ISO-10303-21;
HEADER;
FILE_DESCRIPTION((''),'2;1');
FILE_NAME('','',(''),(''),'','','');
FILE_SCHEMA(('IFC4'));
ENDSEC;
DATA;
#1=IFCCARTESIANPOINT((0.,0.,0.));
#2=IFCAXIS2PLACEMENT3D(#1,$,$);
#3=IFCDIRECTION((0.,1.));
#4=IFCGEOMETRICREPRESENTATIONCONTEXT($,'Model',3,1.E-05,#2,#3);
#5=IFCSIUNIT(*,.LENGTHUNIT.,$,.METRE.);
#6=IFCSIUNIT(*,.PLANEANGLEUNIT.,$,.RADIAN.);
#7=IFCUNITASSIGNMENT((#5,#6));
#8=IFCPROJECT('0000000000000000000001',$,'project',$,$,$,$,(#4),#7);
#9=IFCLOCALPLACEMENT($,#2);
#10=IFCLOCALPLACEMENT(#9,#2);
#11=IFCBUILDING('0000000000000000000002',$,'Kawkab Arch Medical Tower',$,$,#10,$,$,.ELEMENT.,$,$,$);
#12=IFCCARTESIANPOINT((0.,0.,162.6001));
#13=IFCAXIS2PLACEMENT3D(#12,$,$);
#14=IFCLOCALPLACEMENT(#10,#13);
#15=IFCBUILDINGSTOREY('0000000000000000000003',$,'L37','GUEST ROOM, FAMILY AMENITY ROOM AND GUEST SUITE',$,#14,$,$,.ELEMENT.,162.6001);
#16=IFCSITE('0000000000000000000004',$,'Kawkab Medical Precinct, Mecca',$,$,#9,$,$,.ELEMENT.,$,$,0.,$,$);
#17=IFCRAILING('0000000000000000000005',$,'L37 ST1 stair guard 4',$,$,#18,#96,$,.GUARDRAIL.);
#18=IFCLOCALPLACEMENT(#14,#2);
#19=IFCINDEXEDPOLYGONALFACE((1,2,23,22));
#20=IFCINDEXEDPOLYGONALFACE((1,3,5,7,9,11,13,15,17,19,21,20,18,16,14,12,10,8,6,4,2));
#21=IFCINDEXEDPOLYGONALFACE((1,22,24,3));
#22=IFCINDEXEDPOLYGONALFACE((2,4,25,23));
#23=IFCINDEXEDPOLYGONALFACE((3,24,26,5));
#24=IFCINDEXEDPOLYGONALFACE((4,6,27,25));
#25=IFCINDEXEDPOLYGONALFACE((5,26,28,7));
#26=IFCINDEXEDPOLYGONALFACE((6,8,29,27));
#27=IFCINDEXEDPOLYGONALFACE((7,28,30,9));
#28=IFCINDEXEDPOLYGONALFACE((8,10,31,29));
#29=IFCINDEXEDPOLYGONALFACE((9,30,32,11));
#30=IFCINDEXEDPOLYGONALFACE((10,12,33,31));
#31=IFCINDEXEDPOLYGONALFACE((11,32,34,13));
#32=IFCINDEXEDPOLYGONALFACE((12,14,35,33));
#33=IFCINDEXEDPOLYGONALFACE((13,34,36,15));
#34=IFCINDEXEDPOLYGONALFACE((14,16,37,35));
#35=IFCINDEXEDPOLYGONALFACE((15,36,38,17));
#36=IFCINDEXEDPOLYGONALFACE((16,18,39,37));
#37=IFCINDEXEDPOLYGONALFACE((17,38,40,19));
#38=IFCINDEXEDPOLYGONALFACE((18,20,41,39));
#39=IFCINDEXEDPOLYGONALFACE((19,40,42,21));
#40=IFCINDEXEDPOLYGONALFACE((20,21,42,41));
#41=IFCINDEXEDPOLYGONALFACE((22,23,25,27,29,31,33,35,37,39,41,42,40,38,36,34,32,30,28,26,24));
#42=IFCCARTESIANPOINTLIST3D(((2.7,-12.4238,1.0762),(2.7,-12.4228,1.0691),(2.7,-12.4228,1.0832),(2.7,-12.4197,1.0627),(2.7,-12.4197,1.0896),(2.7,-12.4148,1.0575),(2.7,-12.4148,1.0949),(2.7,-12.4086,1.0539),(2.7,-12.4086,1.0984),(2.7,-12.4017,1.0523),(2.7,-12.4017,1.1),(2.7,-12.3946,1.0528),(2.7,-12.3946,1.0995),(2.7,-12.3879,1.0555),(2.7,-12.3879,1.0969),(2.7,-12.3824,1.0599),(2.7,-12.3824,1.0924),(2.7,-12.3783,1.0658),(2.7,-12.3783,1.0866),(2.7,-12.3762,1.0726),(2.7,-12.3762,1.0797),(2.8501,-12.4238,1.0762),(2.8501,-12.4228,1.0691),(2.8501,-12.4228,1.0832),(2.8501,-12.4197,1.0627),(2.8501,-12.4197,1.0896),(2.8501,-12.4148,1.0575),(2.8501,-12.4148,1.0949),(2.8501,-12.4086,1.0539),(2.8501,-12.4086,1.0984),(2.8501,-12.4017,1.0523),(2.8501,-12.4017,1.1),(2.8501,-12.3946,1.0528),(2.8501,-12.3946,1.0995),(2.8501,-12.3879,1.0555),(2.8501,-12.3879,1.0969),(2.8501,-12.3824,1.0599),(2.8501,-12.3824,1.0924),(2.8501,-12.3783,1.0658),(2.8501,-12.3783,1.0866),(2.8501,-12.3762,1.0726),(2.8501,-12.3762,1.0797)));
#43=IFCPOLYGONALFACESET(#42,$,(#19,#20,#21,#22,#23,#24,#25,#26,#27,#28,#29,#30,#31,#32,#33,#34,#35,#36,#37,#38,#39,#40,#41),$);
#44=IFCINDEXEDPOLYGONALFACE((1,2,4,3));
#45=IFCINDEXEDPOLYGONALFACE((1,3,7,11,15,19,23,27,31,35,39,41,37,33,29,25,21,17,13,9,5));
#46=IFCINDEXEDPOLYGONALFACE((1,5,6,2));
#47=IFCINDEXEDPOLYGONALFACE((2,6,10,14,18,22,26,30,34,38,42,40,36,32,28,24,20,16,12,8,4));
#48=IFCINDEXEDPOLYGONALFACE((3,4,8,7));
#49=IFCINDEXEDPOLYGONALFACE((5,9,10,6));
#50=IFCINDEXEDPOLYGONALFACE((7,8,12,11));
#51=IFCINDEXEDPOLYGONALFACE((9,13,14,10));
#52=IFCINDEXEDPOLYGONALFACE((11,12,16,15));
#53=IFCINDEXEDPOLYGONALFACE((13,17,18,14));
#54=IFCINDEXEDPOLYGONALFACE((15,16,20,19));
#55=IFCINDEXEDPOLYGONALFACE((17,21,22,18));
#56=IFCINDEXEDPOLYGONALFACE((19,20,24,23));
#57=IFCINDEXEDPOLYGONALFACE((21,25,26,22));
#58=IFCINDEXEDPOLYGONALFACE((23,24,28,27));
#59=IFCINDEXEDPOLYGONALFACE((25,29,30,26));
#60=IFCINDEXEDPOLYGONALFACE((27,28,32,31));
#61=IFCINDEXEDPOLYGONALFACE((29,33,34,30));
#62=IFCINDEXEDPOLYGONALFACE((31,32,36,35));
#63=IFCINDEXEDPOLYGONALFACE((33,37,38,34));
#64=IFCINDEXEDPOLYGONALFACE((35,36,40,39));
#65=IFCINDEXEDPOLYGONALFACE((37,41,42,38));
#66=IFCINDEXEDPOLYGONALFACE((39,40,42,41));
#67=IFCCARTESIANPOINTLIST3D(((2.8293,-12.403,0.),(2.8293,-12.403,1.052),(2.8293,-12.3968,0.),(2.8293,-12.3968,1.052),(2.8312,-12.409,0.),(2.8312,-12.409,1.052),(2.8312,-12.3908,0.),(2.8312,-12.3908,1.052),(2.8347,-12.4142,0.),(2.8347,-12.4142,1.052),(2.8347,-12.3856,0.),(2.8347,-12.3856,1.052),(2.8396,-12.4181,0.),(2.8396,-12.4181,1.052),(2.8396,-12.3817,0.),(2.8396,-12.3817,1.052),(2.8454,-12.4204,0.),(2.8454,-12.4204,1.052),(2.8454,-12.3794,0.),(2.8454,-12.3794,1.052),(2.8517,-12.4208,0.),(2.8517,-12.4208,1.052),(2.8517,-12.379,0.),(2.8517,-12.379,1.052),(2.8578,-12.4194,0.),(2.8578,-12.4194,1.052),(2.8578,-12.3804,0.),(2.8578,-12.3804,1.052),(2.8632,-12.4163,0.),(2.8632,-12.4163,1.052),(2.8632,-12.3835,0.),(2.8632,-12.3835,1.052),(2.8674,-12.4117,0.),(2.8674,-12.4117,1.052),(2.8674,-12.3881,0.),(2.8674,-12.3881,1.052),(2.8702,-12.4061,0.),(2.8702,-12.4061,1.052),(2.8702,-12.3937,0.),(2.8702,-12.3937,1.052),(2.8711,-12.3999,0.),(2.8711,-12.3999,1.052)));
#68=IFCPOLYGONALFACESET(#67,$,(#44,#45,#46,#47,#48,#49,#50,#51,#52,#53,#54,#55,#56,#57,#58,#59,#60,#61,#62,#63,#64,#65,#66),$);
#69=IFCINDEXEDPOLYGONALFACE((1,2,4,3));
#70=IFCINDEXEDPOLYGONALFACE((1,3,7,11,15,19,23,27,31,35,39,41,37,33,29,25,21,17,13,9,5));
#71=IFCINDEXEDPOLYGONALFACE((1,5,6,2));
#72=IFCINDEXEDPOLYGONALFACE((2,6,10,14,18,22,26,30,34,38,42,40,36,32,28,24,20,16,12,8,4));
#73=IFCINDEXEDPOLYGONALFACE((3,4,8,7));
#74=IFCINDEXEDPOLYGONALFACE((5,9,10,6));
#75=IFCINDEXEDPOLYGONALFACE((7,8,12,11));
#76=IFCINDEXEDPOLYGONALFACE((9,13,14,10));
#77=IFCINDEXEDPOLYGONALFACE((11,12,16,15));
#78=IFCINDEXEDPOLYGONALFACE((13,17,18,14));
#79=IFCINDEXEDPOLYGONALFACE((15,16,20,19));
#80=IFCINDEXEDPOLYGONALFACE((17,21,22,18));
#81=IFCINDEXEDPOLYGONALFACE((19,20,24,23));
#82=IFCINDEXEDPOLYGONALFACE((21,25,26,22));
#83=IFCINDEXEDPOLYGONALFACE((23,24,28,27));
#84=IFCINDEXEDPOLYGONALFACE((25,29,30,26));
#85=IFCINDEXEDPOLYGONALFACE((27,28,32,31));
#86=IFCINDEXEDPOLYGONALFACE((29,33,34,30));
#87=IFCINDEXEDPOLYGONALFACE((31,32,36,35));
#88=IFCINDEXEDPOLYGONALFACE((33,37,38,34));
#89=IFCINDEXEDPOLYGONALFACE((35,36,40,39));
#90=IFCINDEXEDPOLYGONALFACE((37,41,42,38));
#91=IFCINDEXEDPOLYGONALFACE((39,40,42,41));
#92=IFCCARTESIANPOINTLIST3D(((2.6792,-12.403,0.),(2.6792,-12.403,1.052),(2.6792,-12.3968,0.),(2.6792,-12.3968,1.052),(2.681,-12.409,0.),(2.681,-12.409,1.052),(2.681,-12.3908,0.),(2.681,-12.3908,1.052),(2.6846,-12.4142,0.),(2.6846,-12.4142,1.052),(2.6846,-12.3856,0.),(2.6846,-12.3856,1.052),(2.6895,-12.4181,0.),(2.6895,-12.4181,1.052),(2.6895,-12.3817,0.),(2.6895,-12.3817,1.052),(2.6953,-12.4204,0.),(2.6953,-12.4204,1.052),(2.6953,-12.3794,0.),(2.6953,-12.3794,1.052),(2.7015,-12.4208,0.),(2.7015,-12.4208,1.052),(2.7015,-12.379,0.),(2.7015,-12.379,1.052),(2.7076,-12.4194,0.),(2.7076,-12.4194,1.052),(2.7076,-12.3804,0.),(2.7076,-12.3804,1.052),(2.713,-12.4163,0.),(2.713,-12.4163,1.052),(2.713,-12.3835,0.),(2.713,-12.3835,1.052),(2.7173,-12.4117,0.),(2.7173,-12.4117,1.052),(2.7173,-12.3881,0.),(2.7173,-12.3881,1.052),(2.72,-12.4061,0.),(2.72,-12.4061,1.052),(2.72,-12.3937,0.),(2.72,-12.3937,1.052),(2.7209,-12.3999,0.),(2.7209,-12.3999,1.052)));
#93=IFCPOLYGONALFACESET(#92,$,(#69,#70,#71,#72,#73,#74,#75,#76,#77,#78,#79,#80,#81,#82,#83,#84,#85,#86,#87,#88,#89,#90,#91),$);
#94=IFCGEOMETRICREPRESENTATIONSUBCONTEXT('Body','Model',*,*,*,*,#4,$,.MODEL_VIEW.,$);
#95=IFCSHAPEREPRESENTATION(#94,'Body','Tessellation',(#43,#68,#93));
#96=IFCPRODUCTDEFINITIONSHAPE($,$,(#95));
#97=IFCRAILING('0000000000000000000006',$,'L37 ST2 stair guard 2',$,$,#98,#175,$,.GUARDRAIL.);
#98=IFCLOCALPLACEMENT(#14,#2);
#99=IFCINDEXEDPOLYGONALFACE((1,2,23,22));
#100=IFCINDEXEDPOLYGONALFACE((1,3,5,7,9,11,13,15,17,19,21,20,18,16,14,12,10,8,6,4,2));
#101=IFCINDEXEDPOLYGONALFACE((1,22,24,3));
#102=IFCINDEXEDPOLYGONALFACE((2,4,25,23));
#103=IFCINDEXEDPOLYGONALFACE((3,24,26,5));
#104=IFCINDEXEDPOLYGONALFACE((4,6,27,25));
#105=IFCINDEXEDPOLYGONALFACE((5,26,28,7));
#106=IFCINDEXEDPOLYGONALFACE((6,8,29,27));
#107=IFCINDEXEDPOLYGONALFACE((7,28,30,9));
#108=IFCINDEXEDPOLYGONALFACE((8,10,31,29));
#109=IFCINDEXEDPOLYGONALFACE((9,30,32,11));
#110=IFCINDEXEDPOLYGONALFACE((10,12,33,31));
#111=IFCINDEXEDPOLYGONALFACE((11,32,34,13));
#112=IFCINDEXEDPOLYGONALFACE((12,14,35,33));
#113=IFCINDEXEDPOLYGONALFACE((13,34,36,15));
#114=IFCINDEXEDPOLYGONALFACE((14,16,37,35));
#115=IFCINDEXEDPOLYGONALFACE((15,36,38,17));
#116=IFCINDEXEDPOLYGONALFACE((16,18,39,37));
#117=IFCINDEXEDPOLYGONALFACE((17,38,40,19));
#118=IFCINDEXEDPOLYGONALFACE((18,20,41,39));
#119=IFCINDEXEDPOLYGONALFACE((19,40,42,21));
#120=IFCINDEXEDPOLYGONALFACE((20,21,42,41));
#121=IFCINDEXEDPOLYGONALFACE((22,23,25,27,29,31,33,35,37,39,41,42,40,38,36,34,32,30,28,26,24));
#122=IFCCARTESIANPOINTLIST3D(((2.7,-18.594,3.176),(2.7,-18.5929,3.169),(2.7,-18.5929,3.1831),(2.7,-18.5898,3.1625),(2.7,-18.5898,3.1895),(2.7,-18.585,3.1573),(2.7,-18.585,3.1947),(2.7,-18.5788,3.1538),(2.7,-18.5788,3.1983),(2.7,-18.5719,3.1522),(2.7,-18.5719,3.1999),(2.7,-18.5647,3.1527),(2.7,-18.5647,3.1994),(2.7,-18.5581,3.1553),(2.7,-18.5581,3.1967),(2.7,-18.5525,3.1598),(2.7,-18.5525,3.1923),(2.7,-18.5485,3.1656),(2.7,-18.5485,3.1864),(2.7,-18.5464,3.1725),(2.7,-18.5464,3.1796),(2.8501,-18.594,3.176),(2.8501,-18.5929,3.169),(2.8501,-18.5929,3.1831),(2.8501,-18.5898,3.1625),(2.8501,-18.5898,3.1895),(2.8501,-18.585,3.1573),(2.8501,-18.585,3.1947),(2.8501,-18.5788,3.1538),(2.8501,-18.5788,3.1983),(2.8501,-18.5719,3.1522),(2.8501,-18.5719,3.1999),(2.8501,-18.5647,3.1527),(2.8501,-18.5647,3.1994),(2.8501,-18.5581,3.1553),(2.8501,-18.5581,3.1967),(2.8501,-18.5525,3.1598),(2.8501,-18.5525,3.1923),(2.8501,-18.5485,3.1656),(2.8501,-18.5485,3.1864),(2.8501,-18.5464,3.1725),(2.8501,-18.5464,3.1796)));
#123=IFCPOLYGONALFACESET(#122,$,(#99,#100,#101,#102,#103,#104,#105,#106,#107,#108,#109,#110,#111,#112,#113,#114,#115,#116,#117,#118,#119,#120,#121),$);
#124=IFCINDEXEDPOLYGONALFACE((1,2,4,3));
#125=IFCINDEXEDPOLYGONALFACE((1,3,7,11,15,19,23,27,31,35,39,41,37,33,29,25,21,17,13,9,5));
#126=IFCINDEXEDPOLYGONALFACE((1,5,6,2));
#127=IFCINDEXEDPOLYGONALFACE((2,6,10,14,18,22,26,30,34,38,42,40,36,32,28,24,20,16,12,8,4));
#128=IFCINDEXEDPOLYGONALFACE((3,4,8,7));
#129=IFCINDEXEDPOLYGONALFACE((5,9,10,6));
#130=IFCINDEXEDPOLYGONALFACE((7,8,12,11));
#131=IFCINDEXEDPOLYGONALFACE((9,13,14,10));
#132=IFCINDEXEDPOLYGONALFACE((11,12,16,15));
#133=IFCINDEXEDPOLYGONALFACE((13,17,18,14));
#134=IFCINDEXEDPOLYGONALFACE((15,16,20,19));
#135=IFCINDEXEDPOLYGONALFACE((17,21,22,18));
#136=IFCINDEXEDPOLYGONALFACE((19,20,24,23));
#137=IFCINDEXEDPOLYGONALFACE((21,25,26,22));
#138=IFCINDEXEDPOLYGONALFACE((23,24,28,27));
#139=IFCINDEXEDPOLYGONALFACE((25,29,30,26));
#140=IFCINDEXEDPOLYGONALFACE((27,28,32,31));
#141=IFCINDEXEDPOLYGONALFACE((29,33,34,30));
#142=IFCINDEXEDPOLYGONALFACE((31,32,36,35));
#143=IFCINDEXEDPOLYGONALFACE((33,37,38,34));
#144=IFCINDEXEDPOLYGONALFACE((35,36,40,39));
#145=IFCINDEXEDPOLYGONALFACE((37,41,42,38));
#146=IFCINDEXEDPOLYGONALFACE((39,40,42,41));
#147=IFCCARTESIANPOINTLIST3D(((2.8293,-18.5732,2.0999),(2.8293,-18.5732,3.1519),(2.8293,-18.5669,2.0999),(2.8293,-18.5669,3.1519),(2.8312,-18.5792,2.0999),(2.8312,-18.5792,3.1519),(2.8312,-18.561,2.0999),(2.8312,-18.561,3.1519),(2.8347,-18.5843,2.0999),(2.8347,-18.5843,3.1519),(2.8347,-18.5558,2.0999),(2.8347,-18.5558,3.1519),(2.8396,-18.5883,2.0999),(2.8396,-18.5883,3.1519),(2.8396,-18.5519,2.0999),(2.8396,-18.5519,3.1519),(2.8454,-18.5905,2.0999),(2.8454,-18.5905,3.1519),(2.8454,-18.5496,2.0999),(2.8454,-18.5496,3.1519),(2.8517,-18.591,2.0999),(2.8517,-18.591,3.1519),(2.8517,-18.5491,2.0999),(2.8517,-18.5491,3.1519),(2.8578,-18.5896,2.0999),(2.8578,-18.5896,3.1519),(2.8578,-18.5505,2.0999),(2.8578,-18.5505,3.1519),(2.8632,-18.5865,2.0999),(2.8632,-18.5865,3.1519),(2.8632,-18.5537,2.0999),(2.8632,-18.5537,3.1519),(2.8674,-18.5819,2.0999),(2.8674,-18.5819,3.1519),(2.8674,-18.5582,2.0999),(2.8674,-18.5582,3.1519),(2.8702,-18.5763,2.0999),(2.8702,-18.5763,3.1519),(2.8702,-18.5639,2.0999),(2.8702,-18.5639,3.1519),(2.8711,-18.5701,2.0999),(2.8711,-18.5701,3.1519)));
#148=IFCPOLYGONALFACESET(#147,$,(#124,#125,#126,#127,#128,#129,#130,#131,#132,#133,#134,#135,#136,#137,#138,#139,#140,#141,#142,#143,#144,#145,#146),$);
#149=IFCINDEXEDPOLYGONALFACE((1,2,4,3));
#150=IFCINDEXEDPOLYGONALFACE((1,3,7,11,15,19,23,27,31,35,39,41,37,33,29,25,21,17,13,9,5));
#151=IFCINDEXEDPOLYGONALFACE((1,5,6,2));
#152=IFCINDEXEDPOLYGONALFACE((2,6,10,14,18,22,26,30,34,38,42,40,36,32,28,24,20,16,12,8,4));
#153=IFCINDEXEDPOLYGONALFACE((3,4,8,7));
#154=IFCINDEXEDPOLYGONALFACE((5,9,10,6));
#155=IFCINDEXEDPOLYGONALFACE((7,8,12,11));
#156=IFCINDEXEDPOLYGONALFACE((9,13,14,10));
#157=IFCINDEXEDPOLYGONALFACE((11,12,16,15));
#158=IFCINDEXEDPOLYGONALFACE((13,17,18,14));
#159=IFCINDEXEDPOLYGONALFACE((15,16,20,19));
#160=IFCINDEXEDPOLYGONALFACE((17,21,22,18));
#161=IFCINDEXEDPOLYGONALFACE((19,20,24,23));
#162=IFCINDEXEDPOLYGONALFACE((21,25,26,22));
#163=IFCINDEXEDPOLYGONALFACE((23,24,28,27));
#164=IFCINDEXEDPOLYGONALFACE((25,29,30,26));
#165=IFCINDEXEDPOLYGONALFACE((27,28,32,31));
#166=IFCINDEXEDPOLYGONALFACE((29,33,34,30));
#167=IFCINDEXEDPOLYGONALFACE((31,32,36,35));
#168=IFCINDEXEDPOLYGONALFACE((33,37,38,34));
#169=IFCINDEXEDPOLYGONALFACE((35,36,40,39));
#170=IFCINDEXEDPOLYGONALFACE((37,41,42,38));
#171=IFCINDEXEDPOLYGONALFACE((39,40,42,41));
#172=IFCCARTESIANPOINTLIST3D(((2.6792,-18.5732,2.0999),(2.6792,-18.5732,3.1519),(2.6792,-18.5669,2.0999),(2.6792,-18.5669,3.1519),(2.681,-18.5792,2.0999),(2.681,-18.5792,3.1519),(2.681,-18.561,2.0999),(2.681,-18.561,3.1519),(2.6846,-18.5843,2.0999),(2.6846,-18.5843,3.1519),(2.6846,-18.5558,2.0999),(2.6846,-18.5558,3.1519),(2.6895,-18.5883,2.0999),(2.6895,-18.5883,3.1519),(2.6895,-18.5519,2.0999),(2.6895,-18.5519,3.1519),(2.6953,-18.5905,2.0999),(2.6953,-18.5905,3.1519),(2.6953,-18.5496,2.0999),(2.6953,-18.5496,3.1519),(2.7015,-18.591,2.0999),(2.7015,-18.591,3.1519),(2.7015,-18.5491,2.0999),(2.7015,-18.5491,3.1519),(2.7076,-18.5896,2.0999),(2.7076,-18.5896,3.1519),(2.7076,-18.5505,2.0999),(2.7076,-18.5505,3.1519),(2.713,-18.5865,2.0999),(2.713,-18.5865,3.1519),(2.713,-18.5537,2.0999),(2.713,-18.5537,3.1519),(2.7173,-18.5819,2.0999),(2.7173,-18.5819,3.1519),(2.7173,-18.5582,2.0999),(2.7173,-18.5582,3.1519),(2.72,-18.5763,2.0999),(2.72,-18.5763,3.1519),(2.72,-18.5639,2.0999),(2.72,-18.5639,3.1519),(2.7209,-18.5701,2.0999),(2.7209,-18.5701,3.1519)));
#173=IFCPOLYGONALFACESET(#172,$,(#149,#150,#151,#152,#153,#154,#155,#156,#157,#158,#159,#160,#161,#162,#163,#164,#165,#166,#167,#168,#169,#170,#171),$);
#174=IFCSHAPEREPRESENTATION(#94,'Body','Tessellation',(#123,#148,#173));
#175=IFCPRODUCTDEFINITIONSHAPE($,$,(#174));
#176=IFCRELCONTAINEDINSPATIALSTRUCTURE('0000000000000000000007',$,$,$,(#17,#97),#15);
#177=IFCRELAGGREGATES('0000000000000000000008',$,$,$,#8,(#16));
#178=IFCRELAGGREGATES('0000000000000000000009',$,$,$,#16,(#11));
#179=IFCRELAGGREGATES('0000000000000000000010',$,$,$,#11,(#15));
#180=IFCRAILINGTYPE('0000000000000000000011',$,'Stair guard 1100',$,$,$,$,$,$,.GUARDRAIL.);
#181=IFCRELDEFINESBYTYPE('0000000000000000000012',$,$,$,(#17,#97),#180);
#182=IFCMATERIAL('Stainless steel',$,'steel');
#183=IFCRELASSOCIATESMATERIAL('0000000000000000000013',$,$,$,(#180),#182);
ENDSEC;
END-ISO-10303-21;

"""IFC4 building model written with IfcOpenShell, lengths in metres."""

from ifc_helpers import new_model, si_unit, direction, frame, origin, origin_2d, place, context, subcontext, project, spatial, circle, extrude, material, type_object, element, save


model = new_model("IFC4")

# Units and contexts
model_context = context("Model", 3, precision=1e-05, world=origin(), true_north=direction((0.0, 1.0)))
body_context = subcontext(model_context, "Body", "Model", "MODEL_VIEW")
ifc_project = project(units=[si_unit("LENGTHUNIT", "METRE"), si_unit("PLANEANGLEUNIT", "RADIAN")], contexts=[model_context])

# Site, building, storey
site_placement = place(None, origin())
site = spatial("IfcSite", under=ifc_project, at=site_placement, Name="Kawkab Medical Precinct, Mecca", CompositionType="ELEMENT", RefElevation=0.0)
building_placement = place(site_placement, origin())
building = spatial("IfcBuilding", under=site, at=building_placement, Name="Kawkab Arch Medical Tower", CompositionType="ELEMENT")
storey_placement = place(building_placement, frame((0.0, 0.0, 162.6001)))
storey = spatial("IfcBuildingStorey", under=building, at=storey_placement, Name="L37", Description="GUEST ROOM, FAMILY AMENITY ROOM AND GUEST SUITE", CompositionType="ELEMENT", Elevation=162.6001)

# Railings
ifc_material_1 = material(Name="Stainless steel", Category="steel")
railing_type_1 = type_object("IfcRailingType", Name="Stair guard 1100", PredefinedType="GUARDRAIL", material=ifc_material_1)
for number, where, name in (
    (1, (2.8501, -12.3999, 0.0), "L37 ST1 stair guard 4"),
    (2, (2.8501, -18.5701, 2.0999), "L37 ST2 stair guard 2"),
):
    element("IfcRailing", number, at=place(storey_placement, frame(where)), inside=storey, type_object=railing_type_1, Name=name, PredefinedType="GUARDRAIL", context=body_context, shape_type="SweptSolid", body=[
        extrude(circle(Radius=0.0239, at=origin_2d()), frame((0.0, 0.0, 1.0762), z_axis=(-1.0, 0.0, 0.0), x_axis=(0.0, -1.0, 0.0)), (0.0, 0.0, 1.0), 0.1501),
        extrude(circle(Radius=0.021, at=origin_2d()), origin(), (0.0, 0.0, 1.0), 1.052),
        extrude(circle(Radius=0.021, at=origin_2d()), frame((-0.1501, 0.0, 0.0)), (0.0, 0.0, 1.0), 1.052),
    ])

save(model, "model.ifc")
